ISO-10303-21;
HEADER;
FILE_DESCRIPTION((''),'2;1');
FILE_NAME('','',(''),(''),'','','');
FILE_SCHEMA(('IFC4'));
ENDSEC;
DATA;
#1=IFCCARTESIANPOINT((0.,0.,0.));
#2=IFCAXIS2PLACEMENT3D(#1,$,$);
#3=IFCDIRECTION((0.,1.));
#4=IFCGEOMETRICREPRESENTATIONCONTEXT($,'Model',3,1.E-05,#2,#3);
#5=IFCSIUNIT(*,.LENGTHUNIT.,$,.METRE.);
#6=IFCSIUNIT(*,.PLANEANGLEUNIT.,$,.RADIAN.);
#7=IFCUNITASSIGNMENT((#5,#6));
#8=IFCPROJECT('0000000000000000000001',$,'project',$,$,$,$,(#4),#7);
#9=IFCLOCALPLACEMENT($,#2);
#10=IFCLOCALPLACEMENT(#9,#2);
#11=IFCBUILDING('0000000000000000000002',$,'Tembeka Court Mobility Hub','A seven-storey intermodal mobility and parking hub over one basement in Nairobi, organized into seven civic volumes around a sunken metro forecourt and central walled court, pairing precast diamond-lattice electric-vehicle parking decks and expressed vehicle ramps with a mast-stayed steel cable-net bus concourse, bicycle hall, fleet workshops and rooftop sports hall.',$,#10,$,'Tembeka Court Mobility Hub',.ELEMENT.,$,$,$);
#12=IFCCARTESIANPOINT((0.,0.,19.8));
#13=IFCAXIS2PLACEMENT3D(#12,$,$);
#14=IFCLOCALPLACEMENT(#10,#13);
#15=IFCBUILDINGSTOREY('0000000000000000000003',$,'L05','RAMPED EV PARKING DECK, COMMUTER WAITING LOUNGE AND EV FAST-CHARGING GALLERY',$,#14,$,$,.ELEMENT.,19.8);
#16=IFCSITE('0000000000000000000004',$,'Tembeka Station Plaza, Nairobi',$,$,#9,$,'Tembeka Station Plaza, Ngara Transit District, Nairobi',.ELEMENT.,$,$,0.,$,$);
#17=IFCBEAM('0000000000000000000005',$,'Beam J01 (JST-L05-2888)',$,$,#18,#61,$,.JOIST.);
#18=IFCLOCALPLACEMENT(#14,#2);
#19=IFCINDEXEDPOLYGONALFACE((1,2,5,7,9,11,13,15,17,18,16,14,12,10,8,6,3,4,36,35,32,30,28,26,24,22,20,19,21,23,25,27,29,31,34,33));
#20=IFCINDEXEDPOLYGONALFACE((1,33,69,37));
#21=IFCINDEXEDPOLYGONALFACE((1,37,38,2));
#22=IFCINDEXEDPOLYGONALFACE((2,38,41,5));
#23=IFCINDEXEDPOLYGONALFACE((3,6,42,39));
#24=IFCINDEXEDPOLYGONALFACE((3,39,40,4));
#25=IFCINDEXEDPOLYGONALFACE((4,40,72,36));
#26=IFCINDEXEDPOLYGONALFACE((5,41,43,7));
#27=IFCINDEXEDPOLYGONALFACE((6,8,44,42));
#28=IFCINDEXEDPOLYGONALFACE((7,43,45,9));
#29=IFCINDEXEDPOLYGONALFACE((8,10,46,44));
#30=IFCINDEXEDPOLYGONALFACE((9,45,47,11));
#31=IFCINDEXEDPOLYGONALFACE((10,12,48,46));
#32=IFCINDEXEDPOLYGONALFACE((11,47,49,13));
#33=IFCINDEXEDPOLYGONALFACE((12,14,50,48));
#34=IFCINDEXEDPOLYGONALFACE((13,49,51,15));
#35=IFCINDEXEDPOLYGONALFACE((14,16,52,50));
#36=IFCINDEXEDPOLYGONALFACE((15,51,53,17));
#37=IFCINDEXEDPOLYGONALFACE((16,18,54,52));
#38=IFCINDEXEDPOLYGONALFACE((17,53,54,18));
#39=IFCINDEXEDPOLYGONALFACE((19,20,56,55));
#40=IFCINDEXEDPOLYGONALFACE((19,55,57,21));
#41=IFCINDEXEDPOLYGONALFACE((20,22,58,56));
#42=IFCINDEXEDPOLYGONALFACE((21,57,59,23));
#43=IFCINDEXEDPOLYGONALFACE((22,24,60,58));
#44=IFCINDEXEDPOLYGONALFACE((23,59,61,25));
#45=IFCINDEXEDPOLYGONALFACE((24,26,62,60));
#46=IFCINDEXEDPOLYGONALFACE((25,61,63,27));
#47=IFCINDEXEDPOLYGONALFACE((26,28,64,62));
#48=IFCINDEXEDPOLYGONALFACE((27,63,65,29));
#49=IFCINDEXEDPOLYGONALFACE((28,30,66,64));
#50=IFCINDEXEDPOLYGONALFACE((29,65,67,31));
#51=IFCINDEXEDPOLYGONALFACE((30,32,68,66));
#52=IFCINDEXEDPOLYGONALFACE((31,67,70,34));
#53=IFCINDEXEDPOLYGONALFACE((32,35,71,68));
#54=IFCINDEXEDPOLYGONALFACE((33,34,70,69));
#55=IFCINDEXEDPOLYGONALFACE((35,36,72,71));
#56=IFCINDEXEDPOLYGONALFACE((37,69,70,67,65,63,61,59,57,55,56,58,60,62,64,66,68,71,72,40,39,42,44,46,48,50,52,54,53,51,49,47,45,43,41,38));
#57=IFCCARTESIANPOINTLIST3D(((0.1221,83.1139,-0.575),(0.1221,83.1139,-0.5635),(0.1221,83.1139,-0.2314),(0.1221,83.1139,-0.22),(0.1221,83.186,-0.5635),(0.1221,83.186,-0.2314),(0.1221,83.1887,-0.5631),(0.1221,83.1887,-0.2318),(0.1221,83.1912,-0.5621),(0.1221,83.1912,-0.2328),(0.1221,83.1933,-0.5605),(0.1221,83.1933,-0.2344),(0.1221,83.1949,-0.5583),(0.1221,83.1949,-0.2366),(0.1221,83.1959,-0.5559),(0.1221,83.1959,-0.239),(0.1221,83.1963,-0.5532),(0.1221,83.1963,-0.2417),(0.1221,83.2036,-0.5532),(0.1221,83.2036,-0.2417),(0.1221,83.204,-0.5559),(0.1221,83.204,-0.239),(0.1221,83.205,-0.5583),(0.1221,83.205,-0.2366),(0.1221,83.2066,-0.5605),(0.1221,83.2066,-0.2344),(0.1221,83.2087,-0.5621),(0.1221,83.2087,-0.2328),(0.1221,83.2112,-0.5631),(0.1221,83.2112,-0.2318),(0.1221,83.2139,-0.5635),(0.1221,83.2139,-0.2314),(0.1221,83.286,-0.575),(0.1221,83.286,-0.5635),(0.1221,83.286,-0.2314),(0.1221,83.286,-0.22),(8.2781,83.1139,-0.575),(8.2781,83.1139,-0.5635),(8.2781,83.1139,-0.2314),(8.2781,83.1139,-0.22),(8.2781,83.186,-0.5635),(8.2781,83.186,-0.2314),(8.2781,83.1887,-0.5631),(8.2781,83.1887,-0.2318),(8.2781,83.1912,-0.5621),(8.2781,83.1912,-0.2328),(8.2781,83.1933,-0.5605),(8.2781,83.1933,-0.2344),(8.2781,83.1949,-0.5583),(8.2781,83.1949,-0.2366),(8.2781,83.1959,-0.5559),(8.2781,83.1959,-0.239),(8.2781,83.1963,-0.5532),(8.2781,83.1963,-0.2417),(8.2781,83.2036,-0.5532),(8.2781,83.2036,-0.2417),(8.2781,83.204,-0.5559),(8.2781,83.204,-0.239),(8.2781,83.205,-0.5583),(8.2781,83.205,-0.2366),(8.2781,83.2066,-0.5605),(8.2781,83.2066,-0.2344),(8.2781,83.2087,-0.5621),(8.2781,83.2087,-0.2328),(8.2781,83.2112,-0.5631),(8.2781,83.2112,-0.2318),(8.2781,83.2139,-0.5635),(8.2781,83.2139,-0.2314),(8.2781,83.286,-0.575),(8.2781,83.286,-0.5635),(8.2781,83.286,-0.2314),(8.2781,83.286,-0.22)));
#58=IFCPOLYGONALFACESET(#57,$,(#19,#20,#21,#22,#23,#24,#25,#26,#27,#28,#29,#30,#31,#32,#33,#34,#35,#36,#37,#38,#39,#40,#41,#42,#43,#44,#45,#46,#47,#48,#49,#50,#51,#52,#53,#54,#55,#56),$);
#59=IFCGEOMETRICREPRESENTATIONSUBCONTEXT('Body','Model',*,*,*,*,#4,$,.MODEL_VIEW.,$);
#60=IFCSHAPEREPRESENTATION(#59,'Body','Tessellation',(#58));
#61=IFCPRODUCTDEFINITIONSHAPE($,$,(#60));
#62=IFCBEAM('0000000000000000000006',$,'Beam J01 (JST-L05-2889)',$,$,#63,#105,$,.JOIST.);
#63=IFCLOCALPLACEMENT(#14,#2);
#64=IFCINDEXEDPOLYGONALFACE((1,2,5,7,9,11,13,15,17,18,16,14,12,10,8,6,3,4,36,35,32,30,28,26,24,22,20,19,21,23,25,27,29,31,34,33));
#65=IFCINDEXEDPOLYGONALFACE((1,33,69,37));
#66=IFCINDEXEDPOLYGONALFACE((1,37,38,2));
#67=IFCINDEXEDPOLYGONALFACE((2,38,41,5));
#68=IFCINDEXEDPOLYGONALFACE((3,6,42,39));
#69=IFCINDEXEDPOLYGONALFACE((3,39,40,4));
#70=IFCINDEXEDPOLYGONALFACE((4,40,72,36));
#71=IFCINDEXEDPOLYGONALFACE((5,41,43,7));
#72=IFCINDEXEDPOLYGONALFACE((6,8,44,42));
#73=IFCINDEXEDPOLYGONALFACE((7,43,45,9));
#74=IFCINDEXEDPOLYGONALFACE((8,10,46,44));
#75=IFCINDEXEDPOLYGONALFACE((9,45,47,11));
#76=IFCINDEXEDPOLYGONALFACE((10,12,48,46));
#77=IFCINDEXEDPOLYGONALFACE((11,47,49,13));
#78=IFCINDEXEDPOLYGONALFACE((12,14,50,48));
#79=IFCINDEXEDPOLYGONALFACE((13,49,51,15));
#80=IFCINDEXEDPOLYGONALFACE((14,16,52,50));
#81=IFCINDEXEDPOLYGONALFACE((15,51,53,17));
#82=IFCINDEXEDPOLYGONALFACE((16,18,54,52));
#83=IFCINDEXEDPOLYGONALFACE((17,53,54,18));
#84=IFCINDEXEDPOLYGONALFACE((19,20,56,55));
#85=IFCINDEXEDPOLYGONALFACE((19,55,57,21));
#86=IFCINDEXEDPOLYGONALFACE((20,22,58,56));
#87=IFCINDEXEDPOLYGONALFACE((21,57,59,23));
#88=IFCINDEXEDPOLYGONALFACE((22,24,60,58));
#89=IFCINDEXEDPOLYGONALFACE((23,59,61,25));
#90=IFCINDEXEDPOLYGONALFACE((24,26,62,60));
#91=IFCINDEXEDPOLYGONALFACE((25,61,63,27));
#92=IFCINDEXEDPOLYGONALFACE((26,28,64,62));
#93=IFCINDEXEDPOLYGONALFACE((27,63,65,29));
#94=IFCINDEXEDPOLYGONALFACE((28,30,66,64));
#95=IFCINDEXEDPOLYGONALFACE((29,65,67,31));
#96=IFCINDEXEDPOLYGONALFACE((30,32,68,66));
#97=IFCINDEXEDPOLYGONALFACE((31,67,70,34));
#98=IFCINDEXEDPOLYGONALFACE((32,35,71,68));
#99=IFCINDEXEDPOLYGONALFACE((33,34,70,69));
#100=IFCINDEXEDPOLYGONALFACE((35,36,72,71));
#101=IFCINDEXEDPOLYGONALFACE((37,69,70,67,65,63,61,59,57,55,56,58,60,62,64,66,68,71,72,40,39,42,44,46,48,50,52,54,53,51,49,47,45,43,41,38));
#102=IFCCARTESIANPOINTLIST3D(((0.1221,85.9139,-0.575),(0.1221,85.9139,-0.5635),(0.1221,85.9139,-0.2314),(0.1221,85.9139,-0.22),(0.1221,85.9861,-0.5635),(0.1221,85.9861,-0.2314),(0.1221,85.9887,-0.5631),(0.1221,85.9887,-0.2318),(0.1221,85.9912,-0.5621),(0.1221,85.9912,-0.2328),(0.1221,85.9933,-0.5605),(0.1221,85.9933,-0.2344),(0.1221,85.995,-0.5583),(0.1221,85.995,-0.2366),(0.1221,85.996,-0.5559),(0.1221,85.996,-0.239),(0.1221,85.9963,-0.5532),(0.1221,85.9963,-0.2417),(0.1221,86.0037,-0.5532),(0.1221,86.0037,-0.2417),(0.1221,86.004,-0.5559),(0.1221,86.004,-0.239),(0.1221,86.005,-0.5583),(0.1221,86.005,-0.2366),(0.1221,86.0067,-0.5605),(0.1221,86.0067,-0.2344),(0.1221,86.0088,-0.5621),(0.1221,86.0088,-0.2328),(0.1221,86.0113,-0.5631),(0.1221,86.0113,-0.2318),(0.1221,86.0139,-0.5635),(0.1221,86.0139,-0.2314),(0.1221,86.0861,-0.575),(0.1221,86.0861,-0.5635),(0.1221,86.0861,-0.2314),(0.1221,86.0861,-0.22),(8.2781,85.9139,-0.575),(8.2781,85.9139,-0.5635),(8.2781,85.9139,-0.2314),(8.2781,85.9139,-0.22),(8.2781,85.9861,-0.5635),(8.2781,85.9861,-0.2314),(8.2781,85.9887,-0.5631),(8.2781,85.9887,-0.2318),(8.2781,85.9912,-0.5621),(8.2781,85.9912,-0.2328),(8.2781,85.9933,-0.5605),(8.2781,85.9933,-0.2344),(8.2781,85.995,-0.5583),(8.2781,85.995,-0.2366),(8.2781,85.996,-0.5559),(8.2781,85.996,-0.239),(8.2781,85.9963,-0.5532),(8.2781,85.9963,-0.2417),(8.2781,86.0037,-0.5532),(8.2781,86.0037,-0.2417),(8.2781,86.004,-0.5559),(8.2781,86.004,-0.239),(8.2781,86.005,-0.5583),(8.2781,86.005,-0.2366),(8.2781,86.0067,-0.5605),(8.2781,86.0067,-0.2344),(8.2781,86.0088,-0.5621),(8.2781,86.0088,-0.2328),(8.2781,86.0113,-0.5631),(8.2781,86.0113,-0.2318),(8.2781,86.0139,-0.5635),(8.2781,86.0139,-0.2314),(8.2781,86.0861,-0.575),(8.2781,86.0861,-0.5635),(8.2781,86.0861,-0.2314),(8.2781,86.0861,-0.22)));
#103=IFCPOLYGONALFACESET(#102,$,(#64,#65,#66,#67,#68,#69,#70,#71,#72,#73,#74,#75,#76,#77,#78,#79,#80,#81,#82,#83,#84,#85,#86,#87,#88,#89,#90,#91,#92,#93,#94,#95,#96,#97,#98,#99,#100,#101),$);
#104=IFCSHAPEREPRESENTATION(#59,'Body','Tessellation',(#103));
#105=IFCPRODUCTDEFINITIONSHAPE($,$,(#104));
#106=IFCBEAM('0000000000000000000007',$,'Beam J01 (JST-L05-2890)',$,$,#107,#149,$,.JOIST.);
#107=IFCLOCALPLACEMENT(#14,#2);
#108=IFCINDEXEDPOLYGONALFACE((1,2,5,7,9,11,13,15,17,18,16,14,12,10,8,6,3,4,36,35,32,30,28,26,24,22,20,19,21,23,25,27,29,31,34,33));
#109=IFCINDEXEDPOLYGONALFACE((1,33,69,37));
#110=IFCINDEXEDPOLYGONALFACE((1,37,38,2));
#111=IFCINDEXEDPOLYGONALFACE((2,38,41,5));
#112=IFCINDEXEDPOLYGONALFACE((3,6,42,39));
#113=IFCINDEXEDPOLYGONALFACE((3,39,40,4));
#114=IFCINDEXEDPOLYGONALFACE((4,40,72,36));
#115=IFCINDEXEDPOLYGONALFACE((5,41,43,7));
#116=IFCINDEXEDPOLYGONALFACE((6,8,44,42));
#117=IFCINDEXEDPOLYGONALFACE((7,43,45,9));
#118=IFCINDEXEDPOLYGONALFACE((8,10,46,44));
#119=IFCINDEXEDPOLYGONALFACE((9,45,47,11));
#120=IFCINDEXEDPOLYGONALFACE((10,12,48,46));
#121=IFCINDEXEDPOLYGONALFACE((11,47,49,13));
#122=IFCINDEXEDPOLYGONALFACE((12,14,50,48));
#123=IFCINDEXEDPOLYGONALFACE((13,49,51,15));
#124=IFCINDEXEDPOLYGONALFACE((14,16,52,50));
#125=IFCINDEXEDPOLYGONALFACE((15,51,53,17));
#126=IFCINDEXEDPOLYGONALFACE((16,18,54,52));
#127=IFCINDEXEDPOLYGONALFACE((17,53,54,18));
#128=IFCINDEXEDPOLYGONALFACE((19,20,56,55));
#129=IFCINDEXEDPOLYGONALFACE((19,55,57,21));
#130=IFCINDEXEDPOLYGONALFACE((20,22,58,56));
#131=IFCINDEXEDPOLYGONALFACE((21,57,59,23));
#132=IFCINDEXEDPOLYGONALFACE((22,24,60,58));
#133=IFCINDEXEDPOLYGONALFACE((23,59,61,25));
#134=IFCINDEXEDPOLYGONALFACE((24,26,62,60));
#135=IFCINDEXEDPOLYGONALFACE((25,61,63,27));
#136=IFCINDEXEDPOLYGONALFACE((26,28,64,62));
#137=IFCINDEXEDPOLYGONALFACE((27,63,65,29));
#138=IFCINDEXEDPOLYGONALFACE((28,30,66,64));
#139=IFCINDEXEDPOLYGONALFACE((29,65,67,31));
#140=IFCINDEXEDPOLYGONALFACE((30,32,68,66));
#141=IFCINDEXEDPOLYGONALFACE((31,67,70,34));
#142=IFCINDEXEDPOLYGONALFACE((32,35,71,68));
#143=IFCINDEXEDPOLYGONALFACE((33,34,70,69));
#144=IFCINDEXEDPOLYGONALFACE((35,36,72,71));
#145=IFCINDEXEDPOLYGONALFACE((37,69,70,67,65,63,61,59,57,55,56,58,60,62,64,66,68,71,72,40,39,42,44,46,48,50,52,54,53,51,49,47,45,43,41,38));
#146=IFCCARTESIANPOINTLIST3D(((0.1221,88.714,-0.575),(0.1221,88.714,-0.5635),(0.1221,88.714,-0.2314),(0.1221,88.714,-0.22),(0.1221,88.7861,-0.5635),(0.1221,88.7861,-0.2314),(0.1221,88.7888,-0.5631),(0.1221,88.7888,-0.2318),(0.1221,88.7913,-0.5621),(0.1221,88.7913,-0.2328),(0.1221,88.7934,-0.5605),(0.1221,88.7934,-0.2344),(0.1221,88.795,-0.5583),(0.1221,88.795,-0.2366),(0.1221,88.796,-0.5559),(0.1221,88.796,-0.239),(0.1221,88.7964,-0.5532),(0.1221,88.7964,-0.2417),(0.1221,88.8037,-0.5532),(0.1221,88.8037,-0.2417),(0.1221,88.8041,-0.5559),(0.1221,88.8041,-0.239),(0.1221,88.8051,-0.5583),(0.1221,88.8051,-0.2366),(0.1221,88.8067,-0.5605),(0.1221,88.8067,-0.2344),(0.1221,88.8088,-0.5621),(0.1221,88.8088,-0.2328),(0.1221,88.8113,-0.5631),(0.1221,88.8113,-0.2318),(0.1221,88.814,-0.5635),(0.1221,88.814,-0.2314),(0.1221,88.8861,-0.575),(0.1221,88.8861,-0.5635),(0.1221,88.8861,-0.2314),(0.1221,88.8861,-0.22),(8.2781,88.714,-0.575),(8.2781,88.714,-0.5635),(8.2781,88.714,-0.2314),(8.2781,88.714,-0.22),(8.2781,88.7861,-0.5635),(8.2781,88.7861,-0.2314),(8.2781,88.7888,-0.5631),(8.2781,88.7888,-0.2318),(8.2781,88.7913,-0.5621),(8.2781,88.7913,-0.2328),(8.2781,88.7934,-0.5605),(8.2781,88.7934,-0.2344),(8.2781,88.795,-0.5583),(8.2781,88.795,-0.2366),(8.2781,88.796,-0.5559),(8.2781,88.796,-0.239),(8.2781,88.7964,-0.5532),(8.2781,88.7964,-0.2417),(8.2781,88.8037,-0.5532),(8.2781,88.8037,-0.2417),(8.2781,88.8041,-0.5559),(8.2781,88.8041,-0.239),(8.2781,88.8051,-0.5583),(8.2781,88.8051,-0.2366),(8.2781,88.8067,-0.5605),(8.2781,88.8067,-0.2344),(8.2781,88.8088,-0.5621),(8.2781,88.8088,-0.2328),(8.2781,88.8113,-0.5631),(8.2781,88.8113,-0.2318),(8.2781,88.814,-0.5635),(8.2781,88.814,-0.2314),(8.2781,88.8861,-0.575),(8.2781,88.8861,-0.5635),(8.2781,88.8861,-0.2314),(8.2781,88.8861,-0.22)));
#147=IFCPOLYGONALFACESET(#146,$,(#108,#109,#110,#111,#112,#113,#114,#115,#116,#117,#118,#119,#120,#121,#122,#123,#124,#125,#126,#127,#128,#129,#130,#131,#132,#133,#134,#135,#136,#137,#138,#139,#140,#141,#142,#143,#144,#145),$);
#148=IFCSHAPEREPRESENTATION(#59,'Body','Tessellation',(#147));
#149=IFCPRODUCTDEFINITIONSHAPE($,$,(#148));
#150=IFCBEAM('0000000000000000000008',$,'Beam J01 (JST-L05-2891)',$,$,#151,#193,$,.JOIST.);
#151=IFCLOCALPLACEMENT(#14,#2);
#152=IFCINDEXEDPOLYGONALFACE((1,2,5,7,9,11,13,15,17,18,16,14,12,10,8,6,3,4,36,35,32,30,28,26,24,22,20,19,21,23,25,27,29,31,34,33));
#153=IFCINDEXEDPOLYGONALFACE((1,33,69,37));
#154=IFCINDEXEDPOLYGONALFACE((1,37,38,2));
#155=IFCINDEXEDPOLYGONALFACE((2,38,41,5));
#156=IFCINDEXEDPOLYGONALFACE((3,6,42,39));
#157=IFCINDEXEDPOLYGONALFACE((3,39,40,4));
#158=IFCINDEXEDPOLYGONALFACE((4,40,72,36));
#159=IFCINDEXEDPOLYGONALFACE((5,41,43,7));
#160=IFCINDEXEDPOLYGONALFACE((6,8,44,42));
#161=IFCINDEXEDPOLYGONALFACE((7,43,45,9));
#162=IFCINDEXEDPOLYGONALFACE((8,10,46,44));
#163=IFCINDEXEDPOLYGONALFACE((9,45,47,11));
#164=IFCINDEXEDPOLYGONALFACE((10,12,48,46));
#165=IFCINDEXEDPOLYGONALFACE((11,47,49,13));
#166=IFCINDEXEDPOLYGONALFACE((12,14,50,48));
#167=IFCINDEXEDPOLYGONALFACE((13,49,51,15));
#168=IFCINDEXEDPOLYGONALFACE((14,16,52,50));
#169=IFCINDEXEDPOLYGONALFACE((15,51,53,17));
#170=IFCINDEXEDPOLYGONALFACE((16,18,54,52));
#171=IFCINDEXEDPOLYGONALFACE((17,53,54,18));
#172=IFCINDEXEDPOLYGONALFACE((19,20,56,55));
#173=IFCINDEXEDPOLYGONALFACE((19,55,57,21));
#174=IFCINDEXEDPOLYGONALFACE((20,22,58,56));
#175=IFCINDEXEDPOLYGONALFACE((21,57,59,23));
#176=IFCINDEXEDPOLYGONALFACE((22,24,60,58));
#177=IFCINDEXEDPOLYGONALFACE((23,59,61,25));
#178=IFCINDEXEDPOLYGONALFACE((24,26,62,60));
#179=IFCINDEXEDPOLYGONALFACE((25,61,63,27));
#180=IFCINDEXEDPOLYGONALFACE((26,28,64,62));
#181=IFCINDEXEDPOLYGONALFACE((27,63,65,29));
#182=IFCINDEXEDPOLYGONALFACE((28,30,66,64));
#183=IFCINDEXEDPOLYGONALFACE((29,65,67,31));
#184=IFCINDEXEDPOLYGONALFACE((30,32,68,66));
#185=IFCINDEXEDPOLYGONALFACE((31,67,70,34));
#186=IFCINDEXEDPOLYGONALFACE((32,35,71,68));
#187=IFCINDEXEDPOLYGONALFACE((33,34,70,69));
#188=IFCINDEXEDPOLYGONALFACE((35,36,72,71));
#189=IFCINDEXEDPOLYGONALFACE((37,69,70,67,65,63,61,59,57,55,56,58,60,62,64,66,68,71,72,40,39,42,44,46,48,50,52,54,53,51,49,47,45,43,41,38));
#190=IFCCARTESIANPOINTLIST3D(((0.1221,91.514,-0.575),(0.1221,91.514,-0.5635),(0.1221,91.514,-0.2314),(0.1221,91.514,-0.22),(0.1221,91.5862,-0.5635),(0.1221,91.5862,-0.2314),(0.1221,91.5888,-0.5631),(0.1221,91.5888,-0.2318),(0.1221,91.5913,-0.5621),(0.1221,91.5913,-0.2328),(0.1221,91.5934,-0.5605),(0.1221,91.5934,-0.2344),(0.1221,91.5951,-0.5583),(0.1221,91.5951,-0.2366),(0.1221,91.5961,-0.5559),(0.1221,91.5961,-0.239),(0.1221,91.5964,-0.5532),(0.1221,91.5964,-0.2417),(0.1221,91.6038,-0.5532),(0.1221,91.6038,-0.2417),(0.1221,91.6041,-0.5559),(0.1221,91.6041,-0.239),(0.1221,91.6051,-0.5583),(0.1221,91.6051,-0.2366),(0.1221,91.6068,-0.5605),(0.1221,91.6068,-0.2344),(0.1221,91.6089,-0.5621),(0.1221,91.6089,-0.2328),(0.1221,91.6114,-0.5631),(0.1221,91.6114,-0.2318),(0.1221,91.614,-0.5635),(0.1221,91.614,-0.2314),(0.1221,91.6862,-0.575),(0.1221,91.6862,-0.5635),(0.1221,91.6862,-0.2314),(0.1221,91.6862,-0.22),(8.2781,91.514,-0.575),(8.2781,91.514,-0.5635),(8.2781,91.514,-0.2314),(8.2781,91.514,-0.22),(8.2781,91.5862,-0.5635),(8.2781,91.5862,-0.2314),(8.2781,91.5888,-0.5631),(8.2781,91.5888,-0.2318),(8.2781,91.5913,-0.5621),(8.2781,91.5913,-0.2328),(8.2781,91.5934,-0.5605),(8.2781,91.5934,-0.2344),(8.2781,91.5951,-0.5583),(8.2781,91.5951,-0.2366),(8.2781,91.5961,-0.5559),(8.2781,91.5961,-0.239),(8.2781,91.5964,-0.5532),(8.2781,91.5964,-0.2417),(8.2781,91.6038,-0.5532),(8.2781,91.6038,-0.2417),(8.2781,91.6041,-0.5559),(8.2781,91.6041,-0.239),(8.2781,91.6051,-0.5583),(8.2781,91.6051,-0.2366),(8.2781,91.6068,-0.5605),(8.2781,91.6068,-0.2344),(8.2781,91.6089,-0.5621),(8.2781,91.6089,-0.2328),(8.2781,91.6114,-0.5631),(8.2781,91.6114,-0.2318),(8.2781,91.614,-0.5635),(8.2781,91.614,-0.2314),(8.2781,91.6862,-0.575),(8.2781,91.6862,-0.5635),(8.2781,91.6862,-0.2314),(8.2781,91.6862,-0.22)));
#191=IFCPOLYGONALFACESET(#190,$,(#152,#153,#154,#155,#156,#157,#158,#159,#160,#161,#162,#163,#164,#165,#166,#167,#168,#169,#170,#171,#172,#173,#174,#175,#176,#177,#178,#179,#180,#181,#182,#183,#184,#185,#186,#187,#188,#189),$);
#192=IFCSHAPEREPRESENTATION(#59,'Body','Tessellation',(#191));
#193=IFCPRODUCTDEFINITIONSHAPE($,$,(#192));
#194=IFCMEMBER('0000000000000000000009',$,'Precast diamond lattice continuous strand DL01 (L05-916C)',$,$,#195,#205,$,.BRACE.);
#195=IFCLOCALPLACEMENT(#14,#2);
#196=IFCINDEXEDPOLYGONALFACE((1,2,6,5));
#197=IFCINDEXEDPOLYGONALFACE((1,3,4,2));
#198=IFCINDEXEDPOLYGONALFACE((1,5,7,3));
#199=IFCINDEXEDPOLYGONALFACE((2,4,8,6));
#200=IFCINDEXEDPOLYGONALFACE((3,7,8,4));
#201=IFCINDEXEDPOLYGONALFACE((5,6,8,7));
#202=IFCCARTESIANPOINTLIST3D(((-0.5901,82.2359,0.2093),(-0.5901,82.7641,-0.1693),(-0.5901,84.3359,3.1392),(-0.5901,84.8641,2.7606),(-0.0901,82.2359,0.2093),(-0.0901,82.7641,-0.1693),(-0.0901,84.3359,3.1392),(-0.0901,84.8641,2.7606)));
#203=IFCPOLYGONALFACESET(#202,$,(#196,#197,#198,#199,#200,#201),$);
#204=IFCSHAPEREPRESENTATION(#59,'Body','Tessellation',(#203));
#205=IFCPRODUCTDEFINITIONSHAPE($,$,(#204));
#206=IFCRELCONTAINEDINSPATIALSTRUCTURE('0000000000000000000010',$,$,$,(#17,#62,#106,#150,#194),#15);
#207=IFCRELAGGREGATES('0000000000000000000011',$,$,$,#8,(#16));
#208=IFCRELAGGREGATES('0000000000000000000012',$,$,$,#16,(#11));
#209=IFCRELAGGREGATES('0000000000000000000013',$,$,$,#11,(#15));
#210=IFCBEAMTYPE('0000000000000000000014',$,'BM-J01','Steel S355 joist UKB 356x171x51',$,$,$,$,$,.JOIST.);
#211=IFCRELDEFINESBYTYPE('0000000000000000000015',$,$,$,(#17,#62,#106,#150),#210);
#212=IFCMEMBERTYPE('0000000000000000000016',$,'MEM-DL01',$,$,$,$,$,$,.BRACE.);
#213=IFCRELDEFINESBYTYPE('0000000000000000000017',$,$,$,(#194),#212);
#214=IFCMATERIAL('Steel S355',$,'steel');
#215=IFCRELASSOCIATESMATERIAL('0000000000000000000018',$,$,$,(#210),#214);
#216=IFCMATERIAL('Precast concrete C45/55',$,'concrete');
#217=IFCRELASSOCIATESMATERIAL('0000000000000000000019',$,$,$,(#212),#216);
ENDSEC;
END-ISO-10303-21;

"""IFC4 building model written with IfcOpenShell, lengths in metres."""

from ifc_helpers import new_model, si_unit, direction, frame, origin, origin_2d, place, context, subcontext, project, spatial, rectangle, i_section, extrude, material, material_profile, profile_set, type_object, element, save


model = new_model("IFC4")

# Units and contexts
model_context = context("Model", 3, precision=1e-05, world=origin(), true_north=direction((0.0, 1.0)))
body_context = subcontext(model_context, "Body", "Model", "MODEL_VIEW")
ifc_project = project(units=[si_unit("LENGTHUNIT", "METRE"), si_unit("PLANEANGLEUNIT", "RADIAN")], contexts=[model_context])

# Site, building, storey
site_placement = place(None, origin())
site = spatial("IfcSite", under=ifc_project, at=site_placement, Name="Tembeka Station Plaza, Nairobi", LongName="Tembeka Station Plaza, Ngara Transit District, Nairobi", CompositionType="ELEMENT", RefElevation=0.0)
building_placement = place(site_placement, origin())
building = spatial("IfcBuilding", under=site, at=building_placement, Name="Tembeka Court Mobility Hub", Description="A seven-storey intermodal mobility and parking hub over one basement in Nairobi, organized into seven civic volumes around a sunken metro forecourt and central walled court, pairing precast diamond-lattice electric-vehicle parking decks and expressed vehicle ramps with a mast-stayed steel cable-net bus concourse, bicycle hall, fleet workshops and rooftop sports hall.", LongName="Tembeka Court Mobility Hub", CompositionType="ELEMENT")
storey_placement = place(building_placement, frame((0.0, 0.0, 19.8)))
storey = spatial("IfcBuildingStorey", under=building, at=storey_placement, Name="L05", Description="RAMPED EV PARKING DECK, COMMUTER WAITING LOUNGE AND EV FAST-CHARGING GALLERY", CompositionType="ELEMENT", Elevation=19.8)

# Beams
ifc_material_1 = material(Name="Steel S355", Category="steel")
ifc_material_profile_1 = material_profile(ifc_material_1, i_section(OverallWidth=0.1721, OverallDepth=0.355, WebThickness=0.0073, FlangeThickness=0.0115, FilletRadius=0.0103, at=origin_2d()), Name="UKB 356x171x51")
ifc_profile_set_1 = profile_set([ifc_material_profile_1], Name="Steel S355")
beam_type = type_object("IfcBeamType", Name="BM-J01", Description="Steel S355 joist UKB 356x171x51", PredefinedType="JOIST", material=ifc_profile_set_1)
for number, where, z_axis, x_axis, name in (
    (1, (0.1221, 83.2, -0.3975), (1.0, 0.0, 0.0), (0.0, 1.0, 0.0), "Beam J01 (JST-L05-2888)"),
    (2, (0.1221, 86.0, -0.3975), (1.0, 0.0, 0.0), (0.0, 1.0, 0.0), "Beam J01 (JST-L05-2889)"),
    (3, (0.1221, 88.8, -0.3975), (1.0, 0.0, 0.0), (0.0, 1.0, 0.0), "Beam J01 (JST-L05-2890)"),
    (4, (0.1221, 91.6001, -0.3975), (1.0, 0.0, 0.0), (0.0, 1.0, 0.0), "Beam J01 (JST-L05-2891)"),
):
    element("IfcBeam", number, at=place(storey_placement, frame(where, z_axis=z_axis, x_axis=x_axis)), inside=storey, type_object=beam_type, Name=name, PredefinedType="JOIST", context=body_context, shape_type="SweptSolid", body=[
        extrude(i_section(OverallWidth=0.1721, OverallDepth=0.355, WebThickness=0.0073, FlangeThickness=0.0115, FilletRadius=0.0103, at=origin_2d()), origin(), (0.0, 0.0, 1.0), 8.156),
    ])

# Member
ifc_material_2 = material(Name="Precast concrete C45/55", Category="concrete")
ifc_material_profile_2 = material_profile(ifc_material_2, rectangle(XDim=0.5, YDim=0.6499, at=origin_2d()), Name="PC-DIAG 500x650")
ifc_profile_set_2 = profile_set([ifc_material_profile_2], Name="Precast concrete C45/55")
member_type_1 = type_object("IfcMemberType", Name="MEM-DL01", PredefinedType="BRACE", material=ifc_profile_set_2)
member_1_placement = place(storey_placement, frame((-0.3401, 82.5, 0.02), z_axis=(0.0, 0.582576, 0.812776), x_axis=(-1.0, 0.0, 0.0)))
element("IfcMember", 5, at=member_1_placement, inside=storey, type_object=member_type_1, Name="Precast diamond lattice continuous strand DL01 (L05-916C)", PredefinedType="BRACE", context=body_context, shape_type="SweptSolid", body=[
    extrude(rectangle(XDim=0.5, YDim=0.6499, at=origin_2d()), origin(), (0.0, 0.0, 1.0), 3.6047),
])

save(model, "model.ifc")
